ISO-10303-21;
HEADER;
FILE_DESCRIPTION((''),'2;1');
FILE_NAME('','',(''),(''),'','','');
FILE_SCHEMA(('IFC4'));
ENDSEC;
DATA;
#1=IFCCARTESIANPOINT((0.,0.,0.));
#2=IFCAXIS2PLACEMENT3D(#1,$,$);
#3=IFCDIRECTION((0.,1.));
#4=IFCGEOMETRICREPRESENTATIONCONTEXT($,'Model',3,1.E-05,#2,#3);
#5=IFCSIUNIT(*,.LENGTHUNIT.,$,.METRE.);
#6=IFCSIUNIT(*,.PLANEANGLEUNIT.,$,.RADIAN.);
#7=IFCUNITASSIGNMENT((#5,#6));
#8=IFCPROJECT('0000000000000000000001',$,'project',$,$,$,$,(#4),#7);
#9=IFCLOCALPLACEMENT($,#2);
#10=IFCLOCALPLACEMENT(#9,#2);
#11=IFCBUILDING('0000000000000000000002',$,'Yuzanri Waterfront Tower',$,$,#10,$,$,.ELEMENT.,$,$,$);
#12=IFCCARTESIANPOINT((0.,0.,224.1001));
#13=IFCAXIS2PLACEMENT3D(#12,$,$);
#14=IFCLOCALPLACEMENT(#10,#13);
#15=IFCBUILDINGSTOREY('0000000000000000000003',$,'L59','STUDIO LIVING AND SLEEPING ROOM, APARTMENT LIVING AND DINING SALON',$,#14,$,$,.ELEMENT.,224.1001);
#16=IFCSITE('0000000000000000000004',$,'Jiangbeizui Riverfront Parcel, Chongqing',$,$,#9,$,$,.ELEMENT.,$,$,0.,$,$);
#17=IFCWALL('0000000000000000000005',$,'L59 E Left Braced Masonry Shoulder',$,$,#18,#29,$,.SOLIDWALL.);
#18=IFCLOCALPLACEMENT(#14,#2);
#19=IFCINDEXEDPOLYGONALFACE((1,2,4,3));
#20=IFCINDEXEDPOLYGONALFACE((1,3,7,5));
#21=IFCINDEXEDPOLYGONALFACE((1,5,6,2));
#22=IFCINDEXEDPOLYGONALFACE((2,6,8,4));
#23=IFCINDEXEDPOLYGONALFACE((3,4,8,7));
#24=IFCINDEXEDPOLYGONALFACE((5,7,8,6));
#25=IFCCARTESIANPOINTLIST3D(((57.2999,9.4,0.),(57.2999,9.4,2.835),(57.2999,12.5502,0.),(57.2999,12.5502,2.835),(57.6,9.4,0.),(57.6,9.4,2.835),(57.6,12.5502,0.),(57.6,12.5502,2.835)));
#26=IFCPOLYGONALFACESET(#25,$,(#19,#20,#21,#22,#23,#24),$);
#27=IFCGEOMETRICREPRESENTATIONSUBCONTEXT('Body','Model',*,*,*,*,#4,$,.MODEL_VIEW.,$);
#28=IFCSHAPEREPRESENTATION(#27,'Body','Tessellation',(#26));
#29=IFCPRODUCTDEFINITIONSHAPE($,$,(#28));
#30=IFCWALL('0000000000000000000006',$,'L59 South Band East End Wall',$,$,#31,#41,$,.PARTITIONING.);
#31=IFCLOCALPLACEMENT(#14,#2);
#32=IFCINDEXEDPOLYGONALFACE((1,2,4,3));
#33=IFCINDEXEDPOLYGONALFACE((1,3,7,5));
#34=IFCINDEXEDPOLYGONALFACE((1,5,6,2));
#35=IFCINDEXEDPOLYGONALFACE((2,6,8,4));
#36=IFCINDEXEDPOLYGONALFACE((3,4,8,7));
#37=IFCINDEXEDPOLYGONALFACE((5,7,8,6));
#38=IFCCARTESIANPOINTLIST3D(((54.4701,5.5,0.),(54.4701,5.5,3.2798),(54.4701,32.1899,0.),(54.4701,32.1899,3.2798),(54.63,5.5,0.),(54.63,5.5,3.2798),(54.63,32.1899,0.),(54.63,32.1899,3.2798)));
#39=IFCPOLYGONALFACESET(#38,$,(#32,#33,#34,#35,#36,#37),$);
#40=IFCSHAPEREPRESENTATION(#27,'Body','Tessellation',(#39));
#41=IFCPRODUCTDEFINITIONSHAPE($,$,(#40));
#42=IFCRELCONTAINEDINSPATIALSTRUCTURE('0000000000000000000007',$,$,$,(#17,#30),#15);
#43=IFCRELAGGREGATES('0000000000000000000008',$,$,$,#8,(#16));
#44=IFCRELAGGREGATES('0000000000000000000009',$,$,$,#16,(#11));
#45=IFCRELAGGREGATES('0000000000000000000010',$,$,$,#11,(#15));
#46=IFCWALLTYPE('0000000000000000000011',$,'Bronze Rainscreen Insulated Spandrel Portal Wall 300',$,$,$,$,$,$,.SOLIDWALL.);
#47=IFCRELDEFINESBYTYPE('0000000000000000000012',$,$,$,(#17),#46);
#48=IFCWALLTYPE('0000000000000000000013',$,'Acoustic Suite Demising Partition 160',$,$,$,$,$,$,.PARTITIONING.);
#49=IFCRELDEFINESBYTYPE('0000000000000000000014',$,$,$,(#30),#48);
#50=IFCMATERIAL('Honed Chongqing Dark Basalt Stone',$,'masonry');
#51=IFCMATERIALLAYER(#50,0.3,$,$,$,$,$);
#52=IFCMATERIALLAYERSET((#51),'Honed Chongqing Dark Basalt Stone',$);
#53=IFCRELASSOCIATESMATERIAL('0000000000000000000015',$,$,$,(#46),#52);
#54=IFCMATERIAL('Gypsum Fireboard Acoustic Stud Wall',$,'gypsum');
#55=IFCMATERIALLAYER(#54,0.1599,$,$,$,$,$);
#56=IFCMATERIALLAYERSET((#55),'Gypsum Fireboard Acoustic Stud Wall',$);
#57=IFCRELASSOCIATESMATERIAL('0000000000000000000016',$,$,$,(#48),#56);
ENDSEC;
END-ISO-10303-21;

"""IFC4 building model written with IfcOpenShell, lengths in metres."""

from ifc_helpers import new_model, si_unit, direction, frame, frame_2d, origin, place, context, subcontext, project, spatial, rectangle, extrude, source, transform, mapped, material, layer, layer_set, type_object, element, save


model = new_model("IFC4")

# Units and contexts
model_context = context("Model", 3, precision=1e-05, world=origin(), true_north=direction((0.0, 1.0)))
body_context = subcontext(model_context, "Body", "Model", "MODEL_VIEW")
ifc_project = project(units=[si_unit("LENGTHUNIT", "METRE"), si_unit("PLANEANGLEUNIT", "RADIAN")], contexts=[model_context])

# Site, building, storey
site_placement = place(None, origin())
site = spatial("IfcSite", under=ifc_project, at=site_placement, Name="Jiangbeizui Riverfront Parcel, Chongqing", CompositionType="ELEMENT", RefElevation=0.0)
building_placement = place(site_placement, origin())
building = spatial("IfcBuilding", under=site, at=building_placement, Name="Yuzanri Waterfront Tower", CompositionType="ELEMENT")
storey_placement = place(building_placement, frame((0.0, 0.0, 224.1001)))
storey = spatial("IfcBuildingStorey", under=building, at=storey_placement, Name="L59", Description="STUDIO LIVING AND SLEEPING ROOM, APARTMENT LIVING AND DINING SALON", CompositionType="ELEMENT", Elevation=224.1001)

# Shared definitions
ifc_material_1 = material(Name="Honed Chongqing Dark Basalt Stone", Category="masonry")
ifc_layer_1 = layer(ifc_material_1, 0.3)
ifc_layer_set_1 = layer_set([ifc_layer_1], Name="Honed Chongqing Dark Basalt Stone")
wall_type_1 = type_object("IfcWallType", Name="Bronze Rainscreen Insulated Spandrel Portal Wall 300", PredefinedType="SOLIDWALL", material=ifc_layer_set_1)

# Walls
shared_shape_1 = source(origin(), body_context, "Body", "SweptSolid", [
    extrude(rectangle(XDim=3.1501, YDim=0.3, at=frame_2d((1.5752, 0.0))), origin(), (0.0, 0.0, 1.0), 2.835),
])
wall_1_placement = place(storey_placement, frame((57.45, 9.3999, 0.0), z_axis=(0.0, 0.0, 1.0), x_axis=(0.0, 1.0, 0.0)))
element("IfcWall", 1, at=wall_1_placement, inside=storey, type_object=wall_type_1, Name="L59 E Left Braced Masonry Shoulder", PredefinedType="SOLIDWALL", context=body_context, shape_type="MappedRepresentation", body=[
    mapped(shared_shape_1, transform((0.0, 0.0, 0.0), scale=1.0)),
])
ifc_material_2 = material(Name="Gypsum Fireboard Acoustic Stud Wall", Category="gypsum")
ifc_layer_2 = layer(ifc_material_2, 0.1599)
ifc_layer_set_2 = layer_set([ifc_layer_2], Name="Gypsum Fireboard Acoustic Stud Wall")
wall_type_2 = type_object("IfcWallType", Name="Acoustic Suite Demising Partition 160", PredefinedType="PARTITIONING", material=ifc_layer_set_2)
shared_shape_2 = source(origin(), body_context, "Body", "SweptSolid", [
    extrude(rectangle(XDim=26.6899, YDim=0.1599, at=frame_2d((13.345, 0.0))), origin(), (0.0, 0.0, 1.0), 3.2798),
])
wall_2_placement = place(storey_placement, frame((54.55, 5.5, 0.0), z_axis=(0.0, 0.0, 1.0), x_axis=(0.0, 1.0, 0.0)))
element("IfcWall", 2, at=wall_2_placement, inside=storey, type_object=wall_type_2, Name="L59 South Band East End Wall", PredefinedType="PARTITIONING", context=body_context, shape_type="MappedRepresentation", body=[
    mapped(shared_shape_2, transform((0.0, 0.0, 0.0), scale=1.0)),
])

save(model, "model.ifc")
